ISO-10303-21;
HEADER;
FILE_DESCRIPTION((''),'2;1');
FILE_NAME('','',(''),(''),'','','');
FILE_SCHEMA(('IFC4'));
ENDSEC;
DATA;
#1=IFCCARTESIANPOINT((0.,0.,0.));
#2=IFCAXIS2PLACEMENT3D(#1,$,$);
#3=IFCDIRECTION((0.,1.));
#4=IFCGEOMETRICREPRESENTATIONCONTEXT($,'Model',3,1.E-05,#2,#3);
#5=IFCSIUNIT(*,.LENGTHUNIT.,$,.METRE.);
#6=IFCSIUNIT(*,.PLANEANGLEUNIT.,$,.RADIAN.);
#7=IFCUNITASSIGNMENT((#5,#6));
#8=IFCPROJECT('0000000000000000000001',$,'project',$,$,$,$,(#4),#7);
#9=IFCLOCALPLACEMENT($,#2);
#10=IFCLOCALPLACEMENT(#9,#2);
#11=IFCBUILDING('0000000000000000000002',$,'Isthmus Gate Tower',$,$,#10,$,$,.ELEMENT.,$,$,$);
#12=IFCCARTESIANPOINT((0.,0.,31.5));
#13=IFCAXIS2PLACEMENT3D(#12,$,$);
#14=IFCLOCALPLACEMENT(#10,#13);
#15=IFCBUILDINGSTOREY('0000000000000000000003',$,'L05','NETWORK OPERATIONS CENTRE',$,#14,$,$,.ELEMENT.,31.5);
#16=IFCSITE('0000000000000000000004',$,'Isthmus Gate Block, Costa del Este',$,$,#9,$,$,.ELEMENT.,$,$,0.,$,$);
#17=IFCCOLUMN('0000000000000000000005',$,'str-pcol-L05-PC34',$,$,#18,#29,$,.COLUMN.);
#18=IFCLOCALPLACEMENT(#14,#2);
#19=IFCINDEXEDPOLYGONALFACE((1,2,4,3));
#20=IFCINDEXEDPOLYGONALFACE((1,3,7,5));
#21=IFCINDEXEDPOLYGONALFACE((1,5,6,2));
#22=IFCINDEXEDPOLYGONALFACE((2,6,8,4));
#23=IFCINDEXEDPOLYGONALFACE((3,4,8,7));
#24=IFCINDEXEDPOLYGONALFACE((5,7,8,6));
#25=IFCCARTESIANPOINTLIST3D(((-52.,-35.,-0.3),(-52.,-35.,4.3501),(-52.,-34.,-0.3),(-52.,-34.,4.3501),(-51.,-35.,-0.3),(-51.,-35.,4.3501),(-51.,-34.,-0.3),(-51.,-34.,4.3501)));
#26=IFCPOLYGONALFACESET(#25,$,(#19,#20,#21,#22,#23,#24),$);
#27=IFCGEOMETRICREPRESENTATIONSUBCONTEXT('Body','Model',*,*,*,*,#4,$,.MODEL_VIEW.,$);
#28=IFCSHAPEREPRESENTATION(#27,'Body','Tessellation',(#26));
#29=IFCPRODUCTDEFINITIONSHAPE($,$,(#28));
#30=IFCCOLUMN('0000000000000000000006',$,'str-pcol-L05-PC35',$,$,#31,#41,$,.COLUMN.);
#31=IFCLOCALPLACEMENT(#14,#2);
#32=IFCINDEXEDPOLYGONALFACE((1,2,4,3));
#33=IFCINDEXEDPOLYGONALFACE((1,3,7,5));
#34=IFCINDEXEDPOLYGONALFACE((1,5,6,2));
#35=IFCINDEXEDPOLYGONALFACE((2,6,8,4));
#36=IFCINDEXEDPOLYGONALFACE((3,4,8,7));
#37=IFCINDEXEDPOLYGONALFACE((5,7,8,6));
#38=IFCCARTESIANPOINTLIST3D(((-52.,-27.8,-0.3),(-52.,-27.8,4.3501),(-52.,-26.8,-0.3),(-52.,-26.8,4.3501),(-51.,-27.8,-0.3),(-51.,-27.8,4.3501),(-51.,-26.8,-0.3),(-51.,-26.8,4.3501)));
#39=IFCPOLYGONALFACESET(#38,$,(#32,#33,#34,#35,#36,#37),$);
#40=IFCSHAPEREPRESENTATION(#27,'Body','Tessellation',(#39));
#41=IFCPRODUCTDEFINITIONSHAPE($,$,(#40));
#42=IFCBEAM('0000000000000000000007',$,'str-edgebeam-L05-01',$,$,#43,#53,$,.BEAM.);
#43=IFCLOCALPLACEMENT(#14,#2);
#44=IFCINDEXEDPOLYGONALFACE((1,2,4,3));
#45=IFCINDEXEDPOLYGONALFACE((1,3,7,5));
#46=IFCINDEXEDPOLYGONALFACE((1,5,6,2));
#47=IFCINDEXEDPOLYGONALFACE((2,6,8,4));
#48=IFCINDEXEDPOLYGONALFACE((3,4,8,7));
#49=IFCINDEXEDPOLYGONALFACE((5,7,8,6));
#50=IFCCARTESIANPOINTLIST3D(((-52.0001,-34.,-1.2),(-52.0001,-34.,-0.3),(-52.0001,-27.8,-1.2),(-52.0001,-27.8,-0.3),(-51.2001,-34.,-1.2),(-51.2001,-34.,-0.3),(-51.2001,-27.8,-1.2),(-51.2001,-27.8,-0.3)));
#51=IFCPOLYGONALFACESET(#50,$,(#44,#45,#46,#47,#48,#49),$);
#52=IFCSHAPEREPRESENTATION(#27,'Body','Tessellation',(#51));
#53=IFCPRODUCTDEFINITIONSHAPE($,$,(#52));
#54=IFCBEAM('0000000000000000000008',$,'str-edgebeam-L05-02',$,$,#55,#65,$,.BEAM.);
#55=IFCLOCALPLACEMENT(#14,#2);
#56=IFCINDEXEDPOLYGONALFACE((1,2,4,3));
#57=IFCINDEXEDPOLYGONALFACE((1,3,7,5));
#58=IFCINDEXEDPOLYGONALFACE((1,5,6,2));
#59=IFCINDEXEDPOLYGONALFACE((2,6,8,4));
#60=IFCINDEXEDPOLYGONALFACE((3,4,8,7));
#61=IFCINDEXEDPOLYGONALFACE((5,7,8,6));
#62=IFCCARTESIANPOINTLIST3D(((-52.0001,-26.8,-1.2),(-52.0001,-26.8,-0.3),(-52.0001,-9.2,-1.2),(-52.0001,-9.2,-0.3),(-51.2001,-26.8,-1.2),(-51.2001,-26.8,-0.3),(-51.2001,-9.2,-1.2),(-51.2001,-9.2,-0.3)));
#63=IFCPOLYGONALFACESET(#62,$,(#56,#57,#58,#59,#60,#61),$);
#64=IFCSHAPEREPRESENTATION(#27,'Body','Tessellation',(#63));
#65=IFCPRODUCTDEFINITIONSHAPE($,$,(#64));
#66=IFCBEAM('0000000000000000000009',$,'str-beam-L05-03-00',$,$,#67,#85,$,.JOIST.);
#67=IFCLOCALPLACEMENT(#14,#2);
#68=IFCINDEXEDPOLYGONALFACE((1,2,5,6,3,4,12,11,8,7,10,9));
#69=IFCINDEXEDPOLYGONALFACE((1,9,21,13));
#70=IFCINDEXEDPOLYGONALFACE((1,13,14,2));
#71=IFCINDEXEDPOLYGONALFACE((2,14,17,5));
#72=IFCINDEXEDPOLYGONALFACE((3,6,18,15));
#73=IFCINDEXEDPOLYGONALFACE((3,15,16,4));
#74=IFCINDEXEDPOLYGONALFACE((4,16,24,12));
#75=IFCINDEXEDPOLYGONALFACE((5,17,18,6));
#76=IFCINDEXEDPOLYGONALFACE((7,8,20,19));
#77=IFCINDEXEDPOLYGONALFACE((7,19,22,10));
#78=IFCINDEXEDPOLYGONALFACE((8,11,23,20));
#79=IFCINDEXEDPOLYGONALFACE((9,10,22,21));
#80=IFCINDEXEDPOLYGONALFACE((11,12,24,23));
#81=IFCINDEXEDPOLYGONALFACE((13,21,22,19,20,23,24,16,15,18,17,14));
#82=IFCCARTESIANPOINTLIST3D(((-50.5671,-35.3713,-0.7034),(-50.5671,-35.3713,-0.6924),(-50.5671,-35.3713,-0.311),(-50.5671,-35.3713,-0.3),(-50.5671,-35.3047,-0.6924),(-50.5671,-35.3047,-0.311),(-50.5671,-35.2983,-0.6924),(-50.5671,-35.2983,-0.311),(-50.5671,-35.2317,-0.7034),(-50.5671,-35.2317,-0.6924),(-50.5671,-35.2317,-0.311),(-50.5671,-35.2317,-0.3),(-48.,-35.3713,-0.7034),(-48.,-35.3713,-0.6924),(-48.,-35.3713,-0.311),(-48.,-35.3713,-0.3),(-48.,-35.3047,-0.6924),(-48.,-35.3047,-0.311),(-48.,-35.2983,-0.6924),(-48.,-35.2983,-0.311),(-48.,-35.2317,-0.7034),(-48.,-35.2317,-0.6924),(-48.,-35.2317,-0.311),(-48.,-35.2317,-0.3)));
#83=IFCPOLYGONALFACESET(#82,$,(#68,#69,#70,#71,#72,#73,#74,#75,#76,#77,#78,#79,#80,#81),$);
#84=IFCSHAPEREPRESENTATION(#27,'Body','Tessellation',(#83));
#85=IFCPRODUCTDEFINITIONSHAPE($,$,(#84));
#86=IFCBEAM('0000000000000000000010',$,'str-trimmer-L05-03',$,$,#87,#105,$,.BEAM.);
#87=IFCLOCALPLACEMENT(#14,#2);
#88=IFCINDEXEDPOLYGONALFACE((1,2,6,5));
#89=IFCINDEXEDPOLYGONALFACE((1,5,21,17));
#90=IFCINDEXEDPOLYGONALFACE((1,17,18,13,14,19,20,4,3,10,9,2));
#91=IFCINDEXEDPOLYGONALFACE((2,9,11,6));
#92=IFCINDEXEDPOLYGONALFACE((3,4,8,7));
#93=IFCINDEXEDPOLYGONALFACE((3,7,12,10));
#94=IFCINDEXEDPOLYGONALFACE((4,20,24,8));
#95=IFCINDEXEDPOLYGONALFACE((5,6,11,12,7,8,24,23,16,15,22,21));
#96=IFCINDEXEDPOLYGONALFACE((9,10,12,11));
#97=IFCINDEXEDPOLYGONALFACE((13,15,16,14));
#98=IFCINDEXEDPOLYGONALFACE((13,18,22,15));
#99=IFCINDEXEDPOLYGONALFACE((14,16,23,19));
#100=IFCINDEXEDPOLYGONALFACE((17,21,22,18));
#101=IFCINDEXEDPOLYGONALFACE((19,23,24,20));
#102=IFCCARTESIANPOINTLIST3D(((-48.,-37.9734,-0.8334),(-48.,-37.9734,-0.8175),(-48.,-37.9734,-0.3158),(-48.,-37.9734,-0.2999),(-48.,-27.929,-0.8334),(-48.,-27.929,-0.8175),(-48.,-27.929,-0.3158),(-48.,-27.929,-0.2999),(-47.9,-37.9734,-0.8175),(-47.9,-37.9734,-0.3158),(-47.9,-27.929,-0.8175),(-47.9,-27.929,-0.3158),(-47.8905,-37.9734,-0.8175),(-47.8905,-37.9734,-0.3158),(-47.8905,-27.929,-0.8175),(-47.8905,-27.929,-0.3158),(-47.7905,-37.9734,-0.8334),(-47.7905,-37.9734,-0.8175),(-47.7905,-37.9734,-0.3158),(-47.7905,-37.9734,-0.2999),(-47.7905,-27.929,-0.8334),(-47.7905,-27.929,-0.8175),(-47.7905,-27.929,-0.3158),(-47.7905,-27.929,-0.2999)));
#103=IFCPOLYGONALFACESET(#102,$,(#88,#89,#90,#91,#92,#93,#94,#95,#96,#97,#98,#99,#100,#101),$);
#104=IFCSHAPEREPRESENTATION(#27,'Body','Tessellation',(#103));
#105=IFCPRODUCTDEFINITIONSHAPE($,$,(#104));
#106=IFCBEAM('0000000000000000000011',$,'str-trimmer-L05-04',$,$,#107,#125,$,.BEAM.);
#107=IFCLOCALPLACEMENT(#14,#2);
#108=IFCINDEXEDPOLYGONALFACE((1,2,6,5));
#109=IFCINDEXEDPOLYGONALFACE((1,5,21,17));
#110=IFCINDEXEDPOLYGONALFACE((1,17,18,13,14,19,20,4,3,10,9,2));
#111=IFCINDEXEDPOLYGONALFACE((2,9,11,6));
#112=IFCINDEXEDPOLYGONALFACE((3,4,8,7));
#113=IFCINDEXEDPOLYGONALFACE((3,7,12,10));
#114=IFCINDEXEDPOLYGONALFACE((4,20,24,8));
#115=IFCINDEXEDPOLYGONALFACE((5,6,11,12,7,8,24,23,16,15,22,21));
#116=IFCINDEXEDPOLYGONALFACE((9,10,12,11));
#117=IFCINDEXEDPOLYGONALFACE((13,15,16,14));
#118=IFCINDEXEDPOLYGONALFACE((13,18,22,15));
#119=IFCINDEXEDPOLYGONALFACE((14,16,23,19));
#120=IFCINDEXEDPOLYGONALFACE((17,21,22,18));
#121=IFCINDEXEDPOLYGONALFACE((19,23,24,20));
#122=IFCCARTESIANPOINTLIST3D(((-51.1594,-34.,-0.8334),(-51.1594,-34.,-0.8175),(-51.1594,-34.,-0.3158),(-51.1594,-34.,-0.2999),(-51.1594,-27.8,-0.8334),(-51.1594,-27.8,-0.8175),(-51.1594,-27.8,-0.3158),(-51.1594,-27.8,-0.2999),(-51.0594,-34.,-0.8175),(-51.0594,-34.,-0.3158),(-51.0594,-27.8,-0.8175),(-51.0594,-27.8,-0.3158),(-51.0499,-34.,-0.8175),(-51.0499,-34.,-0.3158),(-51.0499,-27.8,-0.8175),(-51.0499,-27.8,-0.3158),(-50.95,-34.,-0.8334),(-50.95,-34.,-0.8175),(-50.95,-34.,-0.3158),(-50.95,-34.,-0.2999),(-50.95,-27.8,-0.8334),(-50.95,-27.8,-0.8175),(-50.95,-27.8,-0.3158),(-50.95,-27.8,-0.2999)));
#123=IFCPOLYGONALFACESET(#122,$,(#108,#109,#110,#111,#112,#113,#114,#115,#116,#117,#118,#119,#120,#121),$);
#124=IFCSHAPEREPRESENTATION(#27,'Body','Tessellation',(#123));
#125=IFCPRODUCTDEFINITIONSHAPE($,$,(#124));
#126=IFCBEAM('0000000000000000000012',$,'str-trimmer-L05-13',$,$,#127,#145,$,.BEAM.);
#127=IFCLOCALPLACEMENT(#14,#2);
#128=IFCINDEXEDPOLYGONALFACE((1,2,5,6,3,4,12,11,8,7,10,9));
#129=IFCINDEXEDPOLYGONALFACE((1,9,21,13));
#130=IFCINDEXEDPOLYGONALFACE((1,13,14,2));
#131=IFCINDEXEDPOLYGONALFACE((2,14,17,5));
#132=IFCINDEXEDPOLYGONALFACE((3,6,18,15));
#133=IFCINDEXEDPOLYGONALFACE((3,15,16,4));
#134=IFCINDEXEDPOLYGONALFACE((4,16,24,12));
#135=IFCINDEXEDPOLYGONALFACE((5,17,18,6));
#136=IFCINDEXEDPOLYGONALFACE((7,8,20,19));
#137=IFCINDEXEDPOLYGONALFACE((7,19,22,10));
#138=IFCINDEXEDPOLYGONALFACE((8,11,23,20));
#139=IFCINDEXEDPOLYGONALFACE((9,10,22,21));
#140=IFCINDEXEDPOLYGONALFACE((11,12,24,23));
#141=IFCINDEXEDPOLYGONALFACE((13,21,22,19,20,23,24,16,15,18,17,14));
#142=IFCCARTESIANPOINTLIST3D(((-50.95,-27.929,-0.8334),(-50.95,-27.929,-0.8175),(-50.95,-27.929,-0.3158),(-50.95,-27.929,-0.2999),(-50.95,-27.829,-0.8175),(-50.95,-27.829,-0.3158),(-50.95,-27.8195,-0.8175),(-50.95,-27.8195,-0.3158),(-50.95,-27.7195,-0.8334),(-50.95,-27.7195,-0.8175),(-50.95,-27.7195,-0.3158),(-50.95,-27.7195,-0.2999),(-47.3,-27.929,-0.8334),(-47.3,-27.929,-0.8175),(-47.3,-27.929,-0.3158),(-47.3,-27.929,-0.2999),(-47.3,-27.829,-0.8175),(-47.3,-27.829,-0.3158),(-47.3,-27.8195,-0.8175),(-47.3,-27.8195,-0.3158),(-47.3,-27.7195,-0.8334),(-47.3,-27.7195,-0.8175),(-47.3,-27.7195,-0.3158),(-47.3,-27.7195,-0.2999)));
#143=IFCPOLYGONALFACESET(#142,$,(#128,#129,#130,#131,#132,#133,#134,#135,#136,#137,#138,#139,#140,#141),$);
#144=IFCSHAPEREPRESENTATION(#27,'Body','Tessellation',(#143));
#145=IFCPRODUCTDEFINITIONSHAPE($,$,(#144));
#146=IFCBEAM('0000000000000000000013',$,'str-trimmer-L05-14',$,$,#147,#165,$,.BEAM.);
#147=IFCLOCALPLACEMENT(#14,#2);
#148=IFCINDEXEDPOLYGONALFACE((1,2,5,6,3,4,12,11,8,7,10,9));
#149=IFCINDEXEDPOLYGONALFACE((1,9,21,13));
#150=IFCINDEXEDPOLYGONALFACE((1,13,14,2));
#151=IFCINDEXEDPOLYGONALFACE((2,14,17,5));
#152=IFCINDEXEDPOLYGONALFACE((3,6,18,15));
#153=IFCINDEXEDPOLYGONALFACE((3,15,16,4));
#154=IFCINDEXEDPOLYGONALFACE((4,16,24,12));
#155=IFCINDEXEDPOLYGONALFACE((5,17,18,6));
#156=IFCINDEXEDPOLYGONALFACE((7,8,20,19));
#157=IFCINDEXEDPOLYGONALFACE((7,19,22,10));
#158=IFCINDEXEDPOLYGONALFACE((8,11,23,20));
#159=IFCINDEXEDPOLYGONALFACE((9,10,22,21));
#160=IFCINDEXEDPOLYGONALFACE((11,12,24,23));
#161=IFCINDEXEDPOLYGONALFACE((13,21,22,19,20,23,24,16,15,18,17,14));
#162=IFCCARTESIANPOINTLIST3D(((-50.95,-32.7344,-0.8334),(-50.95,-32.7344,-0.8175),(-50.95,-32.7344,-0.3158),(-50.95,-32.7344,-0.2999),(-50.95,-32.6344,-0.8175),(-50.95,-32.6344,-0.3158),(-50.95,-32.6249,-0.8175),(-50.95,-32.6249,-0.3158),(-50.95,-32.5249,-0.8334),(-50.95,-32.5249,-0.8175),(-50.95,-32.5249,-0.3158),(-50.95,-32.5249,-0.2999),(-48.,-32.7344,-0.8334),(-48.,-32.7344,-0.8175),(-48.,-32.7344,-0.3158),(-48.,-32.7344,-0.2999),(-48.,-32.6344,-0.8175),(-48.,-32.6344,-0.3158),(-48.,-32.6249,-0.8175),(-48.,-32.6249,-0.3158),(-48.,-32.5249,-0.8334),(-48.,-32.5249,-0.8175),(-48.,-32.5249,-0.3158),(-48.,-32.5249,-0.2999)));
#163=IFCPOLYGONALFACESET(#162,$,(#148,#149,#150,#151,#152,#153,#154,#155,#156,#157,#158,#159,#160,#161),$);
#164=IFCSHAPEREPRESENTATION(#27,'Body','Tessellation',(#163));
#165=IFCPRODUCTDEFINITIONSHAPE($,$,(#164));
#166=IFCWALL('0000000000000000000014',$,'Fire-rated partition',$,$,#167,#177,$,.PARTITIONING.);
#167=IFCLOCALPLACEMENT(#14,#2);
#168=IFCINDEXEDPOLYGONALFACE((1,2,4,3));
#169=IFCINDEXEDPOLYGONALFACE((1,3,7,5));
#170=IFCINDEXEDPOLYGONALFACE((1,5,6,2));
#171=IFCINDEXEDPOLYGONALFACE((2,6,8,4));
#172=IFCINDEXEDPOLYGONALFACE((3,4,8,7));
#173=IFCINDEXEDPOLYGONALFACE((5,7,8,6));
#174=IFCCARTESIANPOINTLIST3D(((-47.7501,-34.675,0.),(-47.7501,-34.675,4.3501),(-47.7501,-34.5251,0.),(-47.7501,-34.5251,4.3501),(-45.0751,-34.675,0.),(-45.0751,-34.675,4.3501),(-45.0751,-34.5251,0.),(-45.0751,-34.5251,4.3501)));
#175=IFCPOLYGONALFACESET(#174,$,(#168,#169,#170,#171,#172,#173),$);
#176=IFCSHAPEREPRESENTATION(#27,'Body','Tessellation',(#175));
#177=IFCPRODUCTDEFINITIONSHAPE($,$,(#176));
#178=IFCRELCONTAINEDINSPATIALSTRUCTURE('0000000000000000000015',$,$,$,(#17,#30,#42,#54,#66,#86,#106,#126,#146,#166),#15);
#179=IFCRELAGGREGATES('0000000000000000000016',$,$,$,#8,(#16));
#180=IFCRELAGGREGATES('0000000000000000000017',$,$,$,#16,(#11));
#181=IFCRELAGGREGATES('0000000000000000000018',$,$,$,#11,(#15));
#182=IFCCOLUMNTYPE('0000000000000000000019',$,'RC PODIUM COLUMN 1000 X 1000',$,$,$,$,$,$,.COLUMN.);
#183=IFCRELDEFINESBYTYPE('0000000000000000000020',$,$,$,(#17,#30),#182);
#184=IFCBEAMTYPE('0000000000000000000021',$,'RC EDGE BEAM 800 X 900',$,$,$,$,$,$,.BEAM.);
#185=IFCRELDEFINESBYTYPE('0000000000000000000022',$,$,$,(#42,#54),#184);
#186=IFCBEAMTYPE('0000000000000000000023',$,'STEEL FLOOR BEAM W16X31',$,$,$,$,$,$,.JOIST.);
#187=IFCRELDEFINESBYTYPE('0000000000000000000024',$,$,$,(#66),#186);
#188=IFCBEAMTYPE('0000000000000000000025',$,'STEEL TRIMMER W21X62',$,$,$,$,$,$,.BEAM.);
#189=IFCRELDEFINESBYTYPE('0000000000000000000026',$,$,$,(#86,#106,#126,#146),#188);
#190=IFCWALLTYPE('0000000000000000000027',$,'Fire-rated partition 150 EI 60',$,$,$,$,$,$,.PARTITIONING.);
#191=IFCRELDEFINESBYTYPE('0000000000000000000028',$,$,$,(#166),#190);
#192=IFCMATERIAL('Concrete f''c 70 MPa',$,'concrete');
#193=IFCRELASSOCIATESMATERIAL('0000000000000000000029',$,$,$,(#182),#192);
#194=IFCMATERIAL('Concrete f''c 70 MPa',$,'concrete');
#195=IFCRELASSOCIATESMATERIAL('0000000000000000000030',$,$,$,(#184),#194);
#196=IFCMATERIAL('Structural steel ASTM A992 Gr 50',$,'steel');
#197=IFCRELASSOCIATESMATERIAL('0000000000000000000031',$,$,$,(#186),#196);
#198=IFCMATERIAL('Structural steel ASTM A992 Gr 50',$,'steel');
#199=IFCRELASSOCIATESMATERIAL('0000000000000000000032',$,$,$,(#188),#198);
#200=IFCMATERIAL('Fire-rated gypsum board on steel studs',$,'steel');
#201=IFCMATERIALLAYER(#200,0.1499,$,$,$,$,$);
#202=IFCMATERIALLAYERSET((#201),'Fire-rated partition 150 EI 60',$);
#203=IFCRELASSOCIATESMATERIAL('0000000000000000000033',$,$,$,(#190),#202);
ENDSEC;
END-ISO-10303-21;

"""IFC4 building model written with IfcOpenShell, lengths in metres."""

from ifc_helpers import new_model, si_unit, direction, frame, frame_2d, origin, origin_2d, place, context, subcontext, project, spatial, rectangle, i_section, extrude, material, layer, layer_set, material_profile, profile_set, type_object, element, save


model = new_model("IFC4")

# Units and contexts
model_context = context("Model", 3, precision=1e-05, world=origin(), true_north=direction((0.0, 1.0)))
body_context = subcontext(model_context, "Body", "Model", "MODEL_VIEW")
ifc_project = project(units=[si_unit("LENGTHUNIT", "METRE"), si_unit("PLANEANGLEUNIT", "RADIAN")], contexts=[model_context])

# Site, building, storey
site_placement = place(None, origin())
site = spatial("IfcSite", under=ifc_project, at=site_placement, Name="Isthmus Gate Block, Costa del Este", CompositionType="ELEMENT", RefElevation=0.0)
building_placement = place(site_placement, origin())
building = spatial("IfcBuilding", under=site, at=building_placement, Name="Isthmus Gate Tower", CompositionType="ELEMENT")
storey_placement = place(building_placement, frame((0.0, 0.0, 31.5)))
storey = spatial("IfcBuildingStorey", under=building, at=storey_placement, Name="L05", Description="NETWORK OPERATIONS CENTRE", CompositionType="ELEMENT", Elevation=31.5)

# Columns
ifc_material_1 = material(Name="Concrete f'c 70 MPa", Category="concrete")
ifc_material_profile_1 = material_profile(ifc_material_1, rectangle(XDim=1.0, YDim=1.0, at=origin_2d()), Name="RC 1000X1000")
ifc_profile_set_1 = profile_set([ifc_material_profile_1], Name="Concrete f'c 70 MPa")
column_type = type_object("IfcColumnType", Name="RC PODIUM COLUMN 1000 X 1000", PredefinedType="COLUMN", material=ifc_profile_set_1)
for number, where, z_axis, x_axis, name in (
    (1, (-51.5, -34.5, -0.3), (0.0, 0.0, 1.0), (0.0, -1.0, 0.0), "str-pcol-L05-PC34"),
    (2, (-51.5, -27.3, -0.3), (0.0, 0.0, 1.0), (0.0, 1.0, 0.0), "str-pcol-L05-PC35"),
):
    element("IfcColumn", number, at=place(storey_placement, frame(where, z_axis=z_axis, x_axis=x_axis)), inside=storey, type_object=column_type, Name=name, PredefinedType="COLUMN", context=body_context, shape_type="SweptSolid", body=[
        extrude(rectangle(XDim=1.0, YDim=1.0, at=origin_2d()), origin(), (0.0, 0.0, 1.0), 4.6501),
    ])

# Beams
ifc_material_2 = material(Name="Concrete f'c 70 MPa", Category="concrete")
ifc_material_profile_2 = material_profile(ifc_material_2, rectangle(XDim=0.8, YDim=0.8999, at=origin_2d()), Name="RC 800X900")
ifc_profile_set_2 = profile_set([ifc_material_profile_2], Name="Concrete f'c 70 MPa")
beam_type_1 = type_object("IfcBeamType", Name="RC EDGE BEAM 800 X 900", PredefinedType="BEAM", material=ifc_profile_set_2)
beam_1_placement = place(storey_placement, frame((-51.6001, -34.0, -0.75), z_axis=(0.0, 1.0, 0.0), x_axis=(-1.0, 0.0, 0.0)))
element("IfcBeam", 3, at=beam_1_placement, inside=storey, type_object=beam_type_1, Name="str-edgebeam-L05-01", PredefinedType="BEAM", context=body_context, shape_type="SweptSolid", body=[
    extrude(rectangle(XDim=0.8, YDim=0.8999, at=origin_2d()), origin(), (0.0, 0.0, 1.0), 6.2),
])
beam_2_placement = place(storey_placement, frame((-51.6001, -26.8, -0.75), z_axis=(0.0, 1.0, 0.0), x_axis=(-1.0, 0.0, 0.0)))
element("IfcBeam", 4, at=beam_2_placement, inside=storey, type_object=beam_type_1, Name="str-edgebeam-L05-02", PredefinedType="BEAM", context=body_context, shape_type="SweptSolid", body=[
    extrude(rectangle(XDim=0.8, YDim=0.8999, at=origin_2d()), origin(), (0.0, 0.0, 1.0), 17.6001),
])
ifc_material_3 = material(Name="Structural steel ASTM A992 Gr 50", Category="steel")
ifc_material_profile_3 = material_profile(ifc_material_3, i_section(OverallWidth=0.1396, OverallDepth=0.4033, WebThickness=0.0063, FlangeThickness=0.011, at=origin_2d()), Name="W16X31")
ifc_profile_set_3 = profile_set([ifc_material_profile_3], Name="Structural steel ASTM A992 Gr 50")
beam_type_2 = type_object("IfcBeamType", Name="STEEL FLOOR BEAM W16X31", PredefinedType="JOIST", material=ifc_profile_set_3)
beam_3_placement = place(storey_placement, frame((-50.5671, -35.3015, -0.5017), z_axis=(1.0, 0.0, 0.0), x_axis=(0.0, 1.0, 0.0)))
element("IfcBeam", 5, at=beam_3_placement, inside=storey, type_object=beam_type_2, Name="str-beam-L05-03-00", PredefinedType="JOIST", context=body_context, shape_type="SweptSolid", body=[
    extrude(i_section(OverallWidth=0.1396, OverallDepth=0.4033, WebThickness=0.0063, FlangeThickness=0.011, at=origin_2d()), origin(), (0.0, 0.0, 1.0), 2.5671),
])
ifc_material_4 = material(Name="Structural steel ASTM A992 Gr 50", Category="steel")
ifc_material_profile_4 = material_profile(ifc_material_4, i_section(OverallWidth=0.2095, OverallDepth=0.5334, WebThickness=0.0095, FlangeThickness=0.0159, at=origin_2d()), Name="W21X62")
ifc_profile_set_4 = profile_set([ifc_material_profile_4], Name="Structural steel ASTM A992 Gr 50")
beam_type_3 = type_object("IfcBeamType", Name="STEEL TRIMMER W21X62", PredefinedType="BEAM", material=ifc_profile_set_4)
beam_4_placement = place(storey_placement, frame((-47.8953, -37.9734, -0.5667), z_axis=(0.0, 1.0, 0.0), x_axis=(-1.0, 0.0, 0.0)))
element("IfcBeam", 6, at=beam_4_placement, inside=storey, type_object=beam_type_3, Name="str-trimmer-L05-03", PredefinedType="BEAM", context=body_context, shape_type="SweptSolid", body=[
    extrude(i_section(OverallWidth=0.2095, OverallDepth=0.5334, WebThickness=0.0095, FlangeThickness=0.0159, at=origin_2d()), origin(), (0.0, 0.0, 1.0), 10.0444),
])
beam_5_placement = place(storey_placement, frame((-51.0547, -27.8, -0.5667), z_axis=(0.0, -1.0, 0.0), x_axis=(1.0, 0.0, 0.0)))
element("IfcBeam", 7, at=beam_5_placement, inside=storey, type_object=beam_type_3, Name="str-trimmer-L05-04", PredefinedType="BEAM", context=body_context, shape_type="SweptSolid", body=[
    extrude(i_section(OverallWidth=0.2095, OverallDepth=0.5334, WebThickness=0.0095, FlangeThickness=0.0159, at=origin_2d()), origin(), (0.0, 0.0, 1.0), 6.2),
])
beam_6_placement = place(storey_placement, frame((-47.3, -27.8242, -0.5667), z_axis=(-1.0, 0.0, 0.0), x_axis=(0.0, -1.0, 0.0)))
element("IfcBeam", 8, at=beam_6_placement, inside=storey, type_object=beam_type_3, Name="str-trimmer-L05-13", PredefinedType="BEAM", context=body_context, shape_type="SweptSolid", body=[
    extrude(i_section(OverallWidth=0.2095, OverallDepth=0.5334, WebThickness=0.0095, FlangeThickness=0.0159, at=origin_2d()), origin(), (0.0, 0.0, 1.0), 3.6499),
])
beam_7_placement = place(storey_placement, frame((-50.95, -32.6296, -0.5667), z_axis=(1.0, 0.0, 0.0), x_axis=(0.0, 1.0, 0.0)))
element("IfcBeam", 9, at=beam_7_placement, inside=storey, type_object=beam_type_3, Name="str-trimmer-L05-14", PredefinedType="BEAM", context=body_context, shape_type="SweptSolid", body=[
    extrude(i_section(OverallWidth=0.2095, OverallDepth=0.5334, WebThickness=0.0095, FlangeThickness=0.0159, at=origin_2d()), origin(), (0.0, 0.0, 1.0), 2.95),
])

# Wall
ifc_material_5 = material(Name="Fire-rated gypsum board on steel studs", Category="steel")
ifc_layer_1 = layer(ifc_material_5, 0.1499)
ifc_layer_set_1 = layer_set([ifc_layer_1], Name="Fire-rated partition 150 EI 60")
wall_type_1 = type_object("IfcWallType", Name="Fire-rated partition 150 EI 60", PredefinedType="PARTITIONING", material=ifc_layer_set_1)
wall_1_placement = place(storey_placement, frame((-47.75, -34.6001, 0.0), z_axis=(0.0, 0.0, 1.0), x_axis=(1.0, 0.0, 0.0)))
element("IfcWall", 10, at=wall_1_placement, inside=storey, type_object=wall_type_1, Name="Fire-rated partition", PredefinedType="PARTITIONING", context=body_context, shape_type="SweptSolid", body=[
    extrude(rectangle(XDim=2.675, YDim=0.1499, at=frame_2d((1.3374, 0.0))), origin(), (0.0, 0.0, 1.0), 4.3501),
])

save(model, "model.ifc")
